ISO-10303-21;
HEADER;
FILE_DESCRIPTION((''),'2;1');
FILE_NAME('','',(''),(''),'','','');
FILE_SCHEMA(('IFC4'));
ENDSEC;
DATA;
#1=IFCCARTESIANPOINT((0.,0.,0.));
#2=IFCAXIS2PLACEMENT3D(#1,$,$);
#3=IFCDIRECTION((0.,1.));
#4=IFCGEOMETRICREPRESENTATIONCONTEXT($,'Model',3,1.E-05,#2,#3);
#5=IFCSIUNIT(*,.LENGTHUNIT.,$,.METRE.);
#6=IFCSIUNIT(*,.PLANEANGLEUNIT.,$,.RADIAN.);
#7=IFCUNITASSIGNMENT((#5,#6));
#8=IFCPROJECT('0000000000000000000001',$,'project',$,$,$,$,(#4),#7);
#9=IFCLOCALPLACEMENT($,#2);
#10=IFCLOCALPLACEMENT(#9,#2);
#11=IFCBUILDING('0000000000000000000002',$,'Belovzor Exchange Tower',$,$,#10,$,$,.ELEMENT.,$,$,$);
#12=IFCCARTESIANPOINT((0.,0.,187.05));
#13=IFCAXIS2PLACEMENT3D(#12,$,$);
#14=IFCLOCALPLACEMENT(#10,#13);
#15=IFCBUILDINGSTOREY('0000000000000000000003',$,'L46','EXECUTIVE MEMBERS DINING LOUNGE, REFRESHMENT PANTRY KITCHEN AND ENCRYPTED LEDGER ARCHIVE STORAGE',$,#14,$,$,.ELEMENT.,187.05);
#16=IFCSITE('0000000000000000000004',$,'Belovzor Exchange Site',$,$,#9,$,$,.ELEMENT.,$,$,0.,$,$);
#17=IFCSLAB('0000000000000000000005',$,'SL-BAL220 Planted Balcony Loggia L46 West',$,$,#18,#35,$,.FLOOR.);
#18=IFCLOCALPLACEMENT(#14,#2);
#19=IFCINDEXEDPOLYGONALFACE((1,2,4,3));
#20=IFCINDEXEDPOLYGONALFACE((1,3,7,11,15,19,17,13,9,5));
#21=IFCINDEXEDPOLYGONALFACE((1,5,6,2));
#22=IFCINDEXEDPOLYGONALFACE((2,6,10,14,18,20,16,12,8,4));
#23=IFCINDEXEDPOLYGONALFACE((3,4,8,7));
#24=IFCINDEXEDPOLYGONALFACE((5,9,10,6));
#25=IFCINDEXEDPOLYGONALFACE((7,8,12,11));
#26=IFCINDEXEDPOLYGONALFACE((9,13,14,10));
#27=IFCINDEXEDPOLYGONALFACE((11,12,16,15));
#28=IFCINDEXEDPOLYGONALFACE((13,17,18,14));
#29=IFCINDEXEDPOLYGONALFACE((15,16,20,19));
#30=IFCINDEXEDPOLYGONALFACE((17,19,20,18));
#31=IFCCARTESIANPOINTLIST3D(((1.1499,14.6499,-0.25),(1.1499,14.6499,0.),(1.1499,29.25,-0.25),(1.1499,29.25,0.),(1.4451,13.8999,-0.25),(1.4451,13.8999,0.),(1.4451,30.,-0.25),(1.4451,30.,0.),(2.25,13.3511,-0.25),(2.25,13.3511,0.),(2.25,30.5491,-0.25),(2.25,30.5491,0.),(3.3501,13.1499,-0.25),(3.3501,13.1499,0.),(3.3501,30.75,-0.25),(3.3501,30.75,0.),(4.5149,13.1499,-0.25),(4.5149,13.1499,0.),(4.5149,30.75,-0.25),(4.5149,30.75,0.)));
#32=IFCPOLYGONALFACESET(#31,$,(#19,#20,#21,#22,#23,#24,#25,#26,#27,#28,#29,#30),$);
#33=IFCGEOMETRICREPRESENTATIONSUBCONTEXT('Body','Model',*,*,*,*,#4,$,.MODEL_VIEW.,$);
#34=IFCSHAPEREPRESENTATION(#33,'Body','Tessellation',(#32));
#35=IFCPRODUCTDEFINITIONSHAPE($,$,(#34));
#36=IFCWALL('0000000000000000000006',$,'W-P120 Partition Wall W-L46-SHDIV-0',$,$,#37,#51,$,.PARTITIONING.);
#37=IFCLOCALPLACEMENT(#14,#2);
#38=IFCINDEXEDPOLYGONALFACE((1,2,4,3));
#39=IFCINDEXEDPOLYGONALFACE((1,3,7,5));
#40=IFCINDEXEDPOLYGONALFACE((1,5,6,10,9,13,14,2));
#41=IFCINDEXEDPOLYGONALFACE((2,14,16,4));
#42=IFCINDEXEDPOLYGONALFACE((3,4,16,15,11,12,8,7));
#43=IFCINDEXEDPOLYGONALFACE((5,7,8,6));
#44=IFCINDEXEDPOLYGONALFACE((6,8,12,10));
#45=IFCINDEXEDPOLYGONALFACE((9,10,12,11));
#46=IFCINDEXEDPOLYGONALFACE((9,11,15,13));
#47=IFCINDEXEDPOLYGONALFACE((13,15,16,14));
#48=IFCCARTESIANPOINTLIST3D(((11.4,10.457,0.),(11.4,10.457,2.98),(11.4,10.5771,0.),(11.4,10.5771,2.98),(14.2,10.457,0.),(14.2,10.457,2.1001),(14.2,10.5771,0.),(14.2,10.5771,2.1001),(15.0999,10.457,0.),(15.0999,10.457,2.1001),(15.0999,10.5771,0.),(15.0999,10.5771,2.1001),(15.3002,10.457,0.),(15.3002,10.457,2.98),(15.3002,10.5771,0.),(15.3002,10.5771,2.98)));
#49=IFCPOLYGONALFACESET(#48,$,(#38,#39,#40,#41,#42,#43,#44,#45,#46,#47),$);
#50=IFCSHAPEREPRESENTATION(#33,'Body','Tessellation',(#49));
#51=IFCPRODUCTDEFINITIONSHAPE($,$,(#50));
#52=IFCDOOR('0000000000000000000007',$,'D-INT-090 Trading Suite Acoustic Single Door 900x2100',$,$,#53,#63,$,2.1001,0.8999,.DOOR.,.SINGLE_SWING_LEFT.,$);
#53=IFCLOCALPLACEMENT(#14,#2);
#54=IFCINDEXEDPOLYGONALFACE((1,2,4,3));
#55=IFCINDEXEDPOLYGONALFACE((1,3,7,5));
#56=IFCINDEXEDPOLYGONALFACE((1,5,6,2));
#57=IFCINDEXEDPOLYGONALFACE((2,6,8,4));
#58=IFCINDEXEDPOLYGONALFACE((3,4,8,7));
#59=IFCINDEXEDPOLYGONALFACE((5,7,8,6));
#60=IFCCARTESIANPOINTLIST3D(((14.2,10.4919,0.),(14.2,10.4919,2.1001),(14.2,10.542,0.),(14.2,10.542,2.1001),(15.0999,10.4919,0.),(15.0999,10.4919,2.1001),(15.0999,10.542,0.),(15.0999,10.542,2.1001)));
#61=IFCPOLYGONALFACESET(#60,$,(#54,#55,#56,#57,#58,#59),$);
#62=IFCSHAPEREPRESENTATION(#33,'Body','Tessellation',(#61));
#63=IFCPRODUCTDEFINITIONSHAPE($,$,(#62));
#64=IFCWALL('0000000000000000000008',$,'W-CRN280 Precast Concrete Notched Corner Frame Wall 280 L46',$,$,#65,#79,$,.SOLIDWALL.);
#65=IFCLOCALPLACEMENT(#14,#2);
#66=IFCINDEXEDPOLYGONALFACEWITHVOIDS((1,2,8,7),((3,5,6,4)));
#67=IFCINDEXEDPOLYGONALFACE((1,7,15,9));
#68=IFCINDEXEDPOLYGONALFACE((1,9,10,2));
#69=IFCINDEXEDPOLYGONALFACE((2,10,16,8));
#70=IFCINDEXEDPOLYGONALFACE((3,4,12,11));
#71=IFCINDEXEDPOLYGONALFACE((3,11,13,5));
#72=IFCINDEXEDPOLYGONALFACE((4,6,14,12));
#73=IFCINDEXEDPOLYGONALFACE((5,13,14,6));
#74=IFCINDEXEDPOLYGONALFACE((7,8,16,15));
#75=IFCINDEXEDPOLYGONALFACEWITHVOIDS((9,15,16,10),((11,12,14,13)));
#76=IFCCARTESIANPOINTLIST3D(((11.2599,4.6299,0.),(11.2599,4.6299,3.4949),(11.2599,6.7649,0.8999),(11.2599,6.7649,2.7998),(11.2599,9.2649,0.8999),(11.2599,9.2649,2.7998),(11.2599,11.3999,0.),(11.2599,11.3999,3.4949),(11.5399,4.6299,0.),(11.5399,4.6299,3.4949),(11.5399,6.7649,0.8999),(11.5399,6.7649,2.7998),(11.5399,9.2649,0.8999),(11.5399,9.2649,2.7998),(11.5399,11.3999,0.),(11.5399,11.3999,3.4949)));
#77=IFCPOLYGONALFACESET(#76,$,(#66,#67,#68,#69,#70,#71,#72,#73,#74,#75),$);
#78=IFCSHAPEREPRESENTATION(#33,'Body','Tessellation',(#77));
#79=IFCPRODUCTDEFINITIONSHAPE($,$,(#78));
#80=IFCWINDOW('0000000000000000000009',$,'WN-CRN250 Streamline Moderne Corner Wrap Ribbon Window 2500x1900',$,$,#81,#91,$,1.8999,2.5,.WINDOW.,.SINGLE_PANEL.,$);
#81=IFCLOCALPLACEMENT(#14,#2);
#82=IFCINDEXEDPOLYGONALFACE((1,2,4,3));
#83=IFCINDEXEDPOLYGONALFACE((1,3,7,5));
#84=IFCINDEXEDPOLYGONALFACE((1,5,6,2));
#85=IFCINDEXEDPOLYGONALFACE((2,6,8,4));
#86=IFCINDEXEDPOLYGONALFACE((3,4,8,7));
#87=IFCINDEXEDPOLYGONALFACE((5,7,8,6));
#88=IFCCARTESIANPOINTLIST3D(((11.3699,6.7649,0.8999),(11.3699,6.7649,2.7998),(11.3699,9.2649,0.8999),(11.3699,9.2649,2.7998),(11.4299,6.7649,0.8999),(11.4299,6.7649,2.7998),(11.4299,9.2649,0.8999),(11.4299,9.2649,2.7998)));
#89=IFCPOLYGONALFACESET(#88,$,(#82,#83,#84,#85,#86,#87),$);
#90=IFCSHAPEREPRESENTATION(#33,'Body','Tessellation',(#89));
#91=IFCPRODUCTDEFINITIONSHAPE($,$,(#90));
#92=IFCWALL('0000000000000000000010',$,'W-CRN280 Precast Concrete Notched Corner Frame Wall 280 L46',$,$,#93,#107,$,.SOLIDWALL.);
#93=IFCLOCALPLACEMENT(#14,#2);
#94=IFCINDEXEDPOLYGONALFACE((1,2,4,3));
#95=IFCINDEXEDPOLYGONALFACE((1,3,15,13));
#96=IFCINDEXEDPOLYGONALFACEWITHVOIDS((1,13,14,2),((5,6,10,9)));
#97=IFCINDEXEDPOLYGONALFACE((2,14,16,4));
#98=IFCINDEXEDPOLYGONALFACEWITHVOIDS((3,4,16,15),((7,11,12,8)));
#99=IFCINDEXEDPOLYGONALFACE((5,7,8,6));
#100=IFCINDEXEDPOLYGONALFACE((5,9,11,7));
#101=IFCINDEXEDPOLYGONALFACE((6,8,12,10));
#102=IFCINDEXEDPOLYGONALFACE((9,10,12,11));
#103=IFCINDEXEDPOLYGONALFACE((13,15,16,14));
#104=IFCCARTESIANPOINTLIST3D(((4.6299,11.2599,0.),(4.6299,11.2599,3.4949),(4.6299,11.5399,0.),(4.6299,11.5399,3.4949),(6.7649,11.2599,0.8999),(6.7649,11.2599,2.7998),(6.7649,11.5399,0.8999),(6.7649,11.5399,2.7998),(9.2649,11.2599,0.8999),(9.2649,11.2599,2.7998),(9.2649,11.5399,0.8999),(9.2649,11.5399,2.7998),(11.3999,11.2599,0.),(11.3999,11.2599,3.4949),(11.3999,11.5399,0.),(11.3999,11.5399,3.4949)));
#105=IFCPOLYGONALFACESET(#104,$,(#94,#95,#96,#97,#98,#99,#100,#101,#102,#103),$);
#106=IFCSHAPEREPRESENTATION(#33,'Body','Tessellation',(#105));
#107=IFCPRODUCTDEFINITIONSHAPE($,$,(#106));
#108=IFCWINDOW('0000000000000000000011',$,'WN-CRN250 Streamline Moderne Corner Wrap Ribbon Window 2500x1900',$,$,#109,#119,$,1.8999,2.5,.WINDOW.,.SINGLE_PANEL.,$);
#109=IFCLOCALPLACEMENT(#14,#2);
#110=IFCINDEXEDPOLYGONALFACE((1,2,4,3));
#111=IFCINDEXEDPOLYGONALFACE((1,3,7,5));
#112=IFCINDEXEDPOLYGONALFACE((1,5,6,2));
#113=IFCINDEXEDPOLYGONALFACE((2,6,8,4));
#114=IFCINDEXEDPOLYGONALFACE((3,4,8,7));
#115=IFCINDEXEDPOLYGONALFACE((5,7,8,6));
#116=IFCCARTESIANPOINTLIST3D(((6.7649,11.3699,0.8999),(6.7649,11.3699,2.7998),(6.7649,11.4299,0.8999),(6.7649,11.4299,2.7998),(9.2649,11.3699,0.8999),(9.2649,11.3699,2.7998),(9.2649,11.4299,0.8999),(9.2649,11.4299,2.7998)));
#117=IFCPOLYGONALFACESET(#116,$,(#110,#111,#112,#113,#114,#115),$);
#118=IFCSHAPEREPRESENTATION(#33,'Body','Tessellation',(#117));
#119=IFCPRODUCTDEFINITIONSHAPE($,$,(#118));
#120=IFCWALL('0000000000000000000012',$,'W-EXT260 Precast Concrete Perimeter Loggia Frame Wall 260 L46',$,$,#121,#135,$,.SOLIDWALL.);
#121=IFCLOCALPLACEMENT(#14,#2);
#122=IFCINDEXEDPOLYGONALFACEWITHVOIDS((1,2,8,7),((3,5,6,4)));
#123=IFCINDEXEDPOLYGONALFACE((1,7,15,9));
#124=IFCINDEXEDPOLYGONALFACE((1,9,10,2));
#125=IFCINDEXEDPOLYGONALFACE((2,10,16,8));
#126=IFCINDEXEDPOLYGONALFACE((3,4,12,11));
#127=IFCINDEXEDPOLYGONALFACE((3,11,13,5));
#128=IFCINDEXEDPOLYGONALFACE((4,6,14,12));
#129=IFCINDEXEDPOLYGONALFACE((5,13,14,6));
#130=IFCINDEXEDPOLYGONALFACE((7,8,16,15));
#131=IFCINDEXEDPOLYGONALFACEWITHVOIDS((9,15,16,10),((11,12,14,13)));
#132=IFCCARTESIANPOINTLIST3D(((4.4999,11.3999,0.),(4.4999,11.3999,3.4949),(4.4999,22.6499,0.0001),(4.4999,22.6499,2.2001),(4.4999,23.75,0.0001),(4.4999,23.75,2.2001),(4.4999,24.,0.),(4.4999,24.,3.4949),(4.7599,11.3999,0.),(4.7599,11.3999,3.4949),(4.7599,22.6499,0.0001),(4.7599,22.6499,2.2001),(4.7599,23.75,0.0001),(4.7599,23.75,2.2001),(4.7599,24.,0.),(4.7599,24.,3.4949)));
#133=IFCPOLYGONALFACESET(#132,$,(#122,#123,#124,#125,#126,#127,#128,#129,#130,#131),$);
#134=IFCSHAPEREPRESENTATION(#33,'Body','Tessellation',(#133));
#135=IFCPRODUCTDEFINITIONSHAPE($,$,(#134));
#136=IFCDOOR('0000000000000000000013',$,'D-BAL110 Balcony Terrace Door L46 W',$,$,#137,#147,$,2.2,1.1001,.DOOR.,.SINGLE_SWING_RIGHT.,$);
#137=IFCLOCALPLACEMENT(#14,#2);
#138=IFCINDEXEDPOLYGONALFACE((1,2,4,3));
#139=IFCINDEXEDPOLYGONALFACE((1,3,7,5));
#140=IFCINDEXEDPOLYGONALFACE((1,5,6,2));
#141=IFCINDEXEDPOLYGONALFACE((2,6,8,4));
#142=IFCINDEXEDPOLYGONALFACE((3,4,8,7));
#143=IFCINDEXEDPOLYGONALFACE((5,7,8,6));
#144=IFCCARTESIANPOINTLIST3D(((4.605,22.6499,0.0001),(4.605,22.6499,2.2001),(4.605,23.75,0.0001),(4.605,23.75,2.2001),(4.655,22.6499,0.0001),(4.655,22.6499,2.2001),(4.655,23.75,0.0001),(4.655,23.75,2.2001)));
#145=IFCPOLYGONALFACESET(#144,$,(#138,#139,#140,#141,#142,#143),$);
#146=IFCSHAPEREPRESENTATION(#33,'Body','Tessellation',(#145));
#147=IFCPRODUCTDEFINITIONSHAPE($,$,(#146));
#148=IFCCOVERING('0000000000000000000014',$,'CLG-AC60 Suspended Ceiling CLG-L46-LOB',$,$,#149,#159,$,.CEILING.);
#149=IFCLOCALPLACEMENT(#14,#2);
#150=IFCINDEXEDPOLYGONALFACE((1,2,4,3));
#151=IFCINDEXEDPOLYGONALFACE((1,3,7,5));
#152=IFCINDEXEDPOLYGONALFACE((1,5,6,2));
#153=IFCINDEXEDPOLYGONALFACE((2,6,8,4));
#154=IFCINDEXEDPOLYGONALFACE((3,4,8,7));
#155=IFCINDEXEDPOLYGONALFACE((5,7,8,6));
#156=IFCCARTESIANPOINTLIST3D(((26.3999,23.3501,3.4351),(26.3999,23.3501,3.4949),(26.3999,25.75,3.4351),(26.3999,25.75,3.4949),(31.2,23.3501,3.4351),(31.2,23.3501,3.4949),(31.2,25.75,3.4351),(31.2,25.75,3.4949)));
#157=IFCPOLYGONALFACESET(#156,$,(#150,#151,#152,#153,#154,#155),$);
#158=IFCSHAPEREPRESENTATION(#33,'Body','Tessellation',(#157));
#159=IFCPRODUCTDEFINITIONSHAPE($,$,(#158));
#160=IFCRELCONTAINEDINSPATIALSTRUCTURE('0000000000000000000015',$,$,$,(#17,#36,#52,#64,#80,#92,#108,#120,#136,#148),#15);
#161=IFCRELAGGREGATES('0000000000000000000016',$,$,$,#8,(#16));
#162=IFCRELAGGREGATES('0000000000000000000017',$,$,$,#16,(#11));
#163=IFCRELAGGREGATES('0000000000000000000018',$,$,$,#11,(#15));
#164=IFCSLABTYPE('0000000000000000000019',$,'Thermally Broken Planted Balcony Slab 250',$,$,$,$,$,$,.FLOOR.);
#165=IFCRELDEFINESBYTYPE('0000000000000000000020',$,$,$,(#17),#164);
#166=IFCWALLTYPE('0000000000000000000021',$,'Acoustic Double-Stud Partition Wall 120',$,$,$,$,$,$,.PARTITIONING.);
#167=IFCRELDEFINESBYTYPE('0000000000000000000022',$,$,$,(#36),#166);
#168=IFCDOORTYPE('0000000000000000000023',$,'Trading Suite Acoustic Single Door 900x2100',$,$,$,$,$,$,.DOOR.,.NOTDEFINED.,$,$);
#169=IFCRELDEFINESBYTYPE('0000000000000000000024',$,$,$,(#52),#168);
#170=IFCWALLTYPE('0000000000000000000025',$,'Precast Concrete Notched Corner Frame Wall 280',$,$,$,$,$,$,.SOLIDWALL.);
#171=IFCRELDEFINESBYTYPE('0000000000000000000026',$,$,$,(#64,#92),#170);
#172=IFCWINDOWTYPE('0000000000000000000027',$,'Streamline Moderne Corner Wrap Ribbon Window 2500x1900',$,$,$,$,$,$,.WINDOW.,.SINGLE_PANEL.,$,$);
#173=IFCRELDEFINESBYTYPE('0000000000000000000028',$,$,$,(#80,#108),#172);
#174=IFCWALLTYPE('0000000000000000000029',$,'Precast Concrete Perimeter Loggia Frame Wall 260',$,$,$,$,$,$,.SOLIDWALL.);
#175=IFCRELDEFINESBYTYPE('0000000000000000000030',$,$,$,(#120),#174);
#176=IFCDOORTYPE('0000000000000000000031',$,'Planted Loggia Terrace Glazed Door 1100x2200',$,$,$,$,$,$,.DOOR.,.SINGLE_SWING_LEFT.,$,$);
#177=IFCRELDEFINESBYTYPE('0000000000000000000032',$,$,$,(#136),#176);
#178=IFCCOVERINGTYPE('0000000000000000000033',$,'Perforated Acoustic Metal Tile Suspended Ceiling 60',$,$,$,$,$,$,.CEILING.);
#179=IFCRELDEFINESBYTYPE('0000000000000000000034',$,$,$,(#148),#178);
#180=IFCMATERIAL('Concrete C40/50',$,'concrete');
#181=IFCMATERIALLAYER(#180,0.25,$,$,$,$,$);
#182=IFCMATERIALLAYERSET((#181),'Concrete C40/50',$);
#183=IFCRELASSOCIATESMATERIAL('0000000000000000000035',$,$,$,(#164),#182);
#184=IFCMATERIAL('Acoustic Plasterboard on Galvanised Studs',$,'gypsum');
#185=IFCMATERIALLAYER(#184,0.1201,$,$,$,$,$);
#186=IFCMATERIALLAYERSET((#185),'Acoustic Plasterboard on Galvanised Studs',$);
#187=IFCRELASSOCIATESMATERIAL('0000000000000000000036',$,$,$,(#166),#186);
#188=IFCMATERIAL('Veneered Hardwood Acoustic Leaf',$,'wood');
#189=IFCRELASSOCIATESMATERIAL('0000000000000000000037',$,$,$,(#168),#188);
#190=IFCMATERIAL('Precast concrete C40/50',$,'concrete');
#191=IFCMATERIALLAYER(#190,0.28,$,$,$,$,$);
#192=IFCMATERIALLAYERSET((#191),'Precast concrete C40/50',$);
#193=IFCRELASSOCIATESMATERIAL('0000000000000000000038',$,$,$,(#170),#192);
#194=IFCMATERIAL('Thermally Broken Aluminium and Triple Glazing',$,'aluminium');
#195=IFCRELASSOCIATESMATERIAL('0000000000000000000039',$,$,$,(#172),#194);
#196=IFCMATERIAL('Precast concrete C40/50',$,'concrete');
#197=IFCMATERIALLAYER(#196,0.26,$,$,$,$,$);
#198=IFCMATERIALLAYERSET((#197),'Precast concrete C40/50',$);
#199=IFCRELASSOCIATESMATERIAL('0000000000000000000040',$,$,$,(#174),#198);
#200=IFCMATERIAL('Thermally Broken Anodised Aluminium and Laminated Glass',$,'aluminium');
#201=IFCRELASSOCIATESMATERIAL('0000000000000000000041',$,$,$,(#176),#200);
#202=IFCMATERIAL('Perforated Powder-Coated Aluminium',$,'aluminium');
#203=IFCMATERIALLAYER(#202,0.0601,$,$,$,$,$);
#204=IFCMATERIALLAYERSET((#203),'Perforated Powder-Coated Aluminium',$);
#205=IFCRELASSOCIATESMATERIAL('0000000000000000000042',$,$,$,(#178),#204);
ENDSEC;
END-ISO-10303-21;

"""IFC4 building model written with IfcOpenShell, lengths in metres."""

from ifc_helpers import new_model, si_unit, direction, frame, frame_2d, origin, place, context, subcontext, project, spatial, polyline, rectangle, outline, extrude, material, layer, layer_set, type_object, element, fill, save


model = new_model("IFC4")

# Units and contexts
model_context = context("Model", 3, precision=1e-05, world=origin(), true_north=direction((0.0, 1.0)))
body_context = subcontext(model_context, "Body", "Model", "MODEL_VIEW")
ifc_project = project(units=[si_unit("LENGTHUNIT", "METRE"), si_unit("PLANEANGLEUNIT", "RADIAN")], contexts=[model_context])

# Site, building, storey
site_placement = place(None, origin())
site = spatial("IfcSite", under=ifc_project, at=site_placement, Name="Belovzor Exchange Site", CompositionType="ELEMENT", RefElevation=0.0)
building_placement = place(site_placement, origin())
building = spatial("IfcBuilding", under=site, at=building_placement, Name="Belovzor Exchange Tower", CompositionType="ELEMENT")
storey_placement = place(building_placement, frame((0.0, 0.0, 187.05)))
storey = spatial("IfcBuildingStorey", under=building, at=storey_placement, Name="L46", Description="EXECUTIVE MEMBERS DINING LOUNGE, REFRESHMENT PANTRY KITCHEN AND ENCRYPTED LEDGER ARCHIVE STORAGE", CompositionType="ELEMENT", Elevation=187.05)

# Slab
ifc_material_1 = material(Name="Concrete C40/50", Category="concrete")
ifc_layer_1 = layer(ifc_material_1, 0.25)
ifc_layer_set_1 = layer_set([ifc_layer_1], Name="Concrete C40/50")
slab_type_1 = type_object("IfcSlabType", Name="Thermally Broken Planted Balcony Slab 250", PredefinedType="FLOOR", material=ifc_layer_set_1)
slab_1_placement = place(storey_placement, frame((0.0, 0.0, -0.25)))
element("IfcSlab", 1, at=slab_1_placement, inside=storey, type_object=slab_type_1, Name="SL-BAL220 Planted Balcony Loggia L46 West", PredefinedType="FLOOR", context=body_context, shape_type="SweptSolid", body=[
    extrude(outline(polyline([(4.5149, 30.75), (3.3501, 30.75), (2.25, 30.5491), (1.4451, 30.0), (1.1499, 29.25), (1.1499, 14.6499), (1.4451, 13.8999), (2.25, 13.3511), (3.3501, 13.1499), (4.5149, 13.1499), (4.5149, 30.75)])), origin(), (0.0, 0.0, 1.0), 0.25),
])

# Wall, opening, door
ifc_material_2 = material(Name="Acoustic Plasterboard on Galvanised Studs", Category="gypsum")
ifc_layer_2 = layer(ifc_material_2, 0.1201)
ifc_layer_set_2 = layer_set([ifc_layer_2], Name="Acoustic Plasterboard on Galvanised Studs")
wall_type_1 = type_object("IfcWallType", Name="Acoustic Double-Stud Partition Wall 120", PredefinedType="PARTITIONING", material=ifc_layer_set_2)
wall_1_placement = place(storey_placement, frame((11.3999, 10.5171, 0.0), z_axis=(0.0, 0.0, 1.0), x_axis=(1.0, 0.0, 0.0)))
wall_1 = element("IfcWall", 2, at=wall_1_placement, inside=storey, type_object=wall_type_1, Name="W-P120 Partition Wall W-L46-SHDIV-0", PredefinedType="PARTITIONING", context=body_context, shape_type="SweptSolid", body=[
    extrude(rectangle(XDim=3.9001, YDim=0.1201, at=frame_2d((1.9502, 0.0))), origin(), (0.0, 0.0, 1.0), 2.98),
])
opening_1_placement = place(wall_1_placement, frame((2.8, 0.0, 0.0)))
opening_1 = element("IfcOpeningElement", 3, at=opening_1_placement, cuts=wall_1, PredefinedType="OPENING", context=body_context, shape_type="SweptSolid", body=[
    extrude(rectangle(XDim=0.8999, YDim=2.1001, at=frame_2d((0.45, 1.05))), frame((0.0, 0.0701, 0.0), z_axis=(0.0, -1.0, 0.0), x_axis=(1.0, 0.0, 0.0)), (0.0, 0.0, 1.0), 0.1401),
])
ifc_material_3 = material(Name="Veneered Hardwood Acoustic Leaf", Category="wood")
door_type_1 = type_object("IfcDoorType", Name="Trading Suite Acoustic Single Door 900x2100", OperationType="NOTDEFINED", PredefinedType="DOOR", material=ifc_material_3)
door_1_placement = place(opening_1_placement, origin())
door_1 = element("IfcDoor", 4, at=door_1_placement, inside=storey, type_object=door_type_1, Name="D-INT-090 Trading Suite Acoustic Single Door 900x2100", OperationType="SINGLE_SWING_LEFT", OverallHeight=2.1001, OverallWidth=0.8999, PredefinedType="DOOR", context=body_context, shape_type="SweptSolid", body=[
    extrude(rectangle(XDim=0.8999, YDim=2.1001, at=frame_2d((0.45, 1.05))), frame((0.0, 0.0249, 0.0), z_axis=(0.0, -1.0, 0.0), x_axis=(1.0, 0.0, 0.0)), (0.0, 0.0, 1.0), 0.05),
])
fill(opening_1, door_1)

# Walls, openings, windows
ifc_material_4 = material(Name="Precast concrete C40/50", Category="concrete")
ifc_layer_3 = layer(ifc_material_4, 0.28)
ifc_layer_set_3 = layer_set([ifc_layer_3], Name="Precast concrete C40/50")
wall_type_2 = type_object("IfcWallType", Name="Precast Concrete Notched Corner Frame Wall 280", PredefinedType="SOLIDWALL", material=ifc_layer_set_3)
wall_2_placement = place(storey_placement, frame((11.3999, 4.6299, 0.0), z_axis=(0.0, 0.0, 1.0), x_axis=(0.0, 1.0, 0.0)))
wall_2 = element("IfcWall", 5, at=wall_2_placement, inside=storey, type_object=wall_type_2, Name="W-CRN280 Precast Concrete Notched Corner Frame Wall 280 L46", PredefinedType="SOLIDWALL", context=body_context, shape_type="SweptSolid", body=[
    extrude(rectangle(XDim=6.77, YDim=0.28, at=frame_2d((3.385, 0.0))), origin(), (0.0, 0.0, 1.0), 3.4949),
])
opening_2_placement = place(wall_2_placement, frame((2.135, 0.0, 0.8999)))
opening_2 = element("IfcOpeningElement", 6, at=opening_2_placement, cuts=wall_2, PredefinedType="OPENING", context=body_context, shape_type="SweptSolid", body=[
    extrude(rectangle(XDim=2.5, YDim=1.8999, at=frame_2d((1.25, 0.95))), frame((0.0, 0.1499, 0.0), z_axis=(0.0, -1.0, 0.0), x_axis=(1.0, 0.0, 0.0)), (0.0, 0.0, 1.0), 0.3),
])
ifc_material_5 = material(Name="Thermally Broken Aluminium and Triple Glazing", Category="aluminium")
window_type = type_object("IfcWindowType", Name="Streamline Moderne Corner Wrap Ribbon Window 2500x1900", PartitioningType="SINGLE_PANEL", PredefinedType="WINDOW", material=ifc_material_5)
window_1_placement = place(opening_2_placement, origin())
window_1 = element("IfcWindow", 7, at=window_1_placement, inside=storey, type_object=window_type, Name="WN-CRN250 Streamline Moderne Corner Wrap Ribbon Window 2500x1900", OverallHeight=1.8999, OverallWidth=2.5, PartitioningType="SINGLE_PANEL", PredefinedType="WINDOW", context=body_context, shape_type="SweptSolid", body=[
    extrude(rectangle(XDim=2.5, YDim=1.8999, at=frame_2d((1.25, 0.95))), frame((0.0, 0.03, 0.0), z_axis=(0.0, -1.0, 0.0), x_axis=(1.0, 0.0, 0.0)), (0.0, 0.0, 1.0), 0.0601),
])
fill(opening_2, window_1)
wall_3_placement = place(storey_placement, frame((11.3999, 11.3999, 0.0), z_axis=(0.0, 0.0, 1.0), x_axis=(-1.0, 0.0, 0.0)))
wall_3 = element("IfcWall", 8, at=wall_3_placement, inside=storey, type_object=wall_type_2, Name="W-CRN280 Precast Concrete Notched Corner Frame Wall 280 L46", PredefinedType="SOLIDWALL", context=body_context, shape_type="SweptSolid", body=[
    extrude(rectangle(XDim=6.77, YDim=0.28, at=frame_2d((3.385, 0.0))), origin(), (0.0, 0.0, 1.0), 3.4949),
])
opening_3_placement = place(wall_3_placement, frame((2.135, 0.0, 0.8999)))
opening_3 = element("IfcOpeningElement", 9, at=opening_3_placement, cuts=wall_3, PredefinedType="OPENING", context=body_context, shape_type="SweptSolid", body=[
    extrude(rectangle(XDim=2.5, YDim=1.8999, at=frame_2d((1.25, 0.95))), frame((0.0, 0.1499, 0.0), z_axis=(0.0, -1.0, 0.0), x_axis=(1.0, 0.0, 0.0)), (0.0, 0.0, 1.0), 0.3),
])
window_2_placement = place(opening_3_placement, origin())
window_2 = element("IfcWindow", 10, at=window_2_placement, inside=storey, type_object=window_type, Name="WN-CRN250 Streamline Moderne Corner Wrap Ribbon Window 2500x1900", OverallHeight=1.8999, OverallWidth=2.5, PartitioningType="SINGLE_PANEL", PredefinedType="WINDOW", context=body_context, shape_type="SweptSolid", body=[
    extrude(rectangle(XDim=2.5, YDim=1.8999, at=frame_2d((1.25, 0.95))), frame((0.0, 0.03, 0.0), z_axis=(0.0, -1.0, 0.0), x_axis=(1.0, 0.0, 0.0)), (0.0, 0.0, 1.0), 0.0601),
])
fill(opening_3, window_2)

# Wall, opening, door
ifc_material_6 = material(Name="Precast concrete C40/50", Category="concrete")
ifc_layer_4 = layer(ifc_material_6, 0.26)
ifc_layer_set_4 = layer_set([ifc_layer_4], Name="Precast concrete C40/50")
wall_type_3 = type_object("IfcWallType", Name="Precast Concrete Perimeter Loggia Frame Wall 260", PredefinedType="SOLIDWALL", material=ifc_layer_set_4)
wall_4_placement = place(storey_placement, frame((4.6299, 11.3999, 0.0), z_axis=(0.0, 0.0, 1.0), x_axis=(0.0, 1.0, 0.0)))
wall_4 = element("IfcWall", 11, at=wall_4_placement, inside=storey, type_object=wall_type_3, Name="W-EXT260 Precast Concrete Perimeter Loggia Frame Wall 260 L46", PredefinedType="SOLIDWALL", context=body_context, shape_type="SweptSolid", body=[
    extrude(rectangle(XDim=12.6001, YDim=0.26, at=frame_2d((6.3, 0.0))), origin(), (0.0, 0.0, 1.0), 3.4949),
])
opening_4_placement = place(wall_4_placement, frame((11.25, 0.0, 0.0)))
opening_4 = element("IfcOpeningElement", 12, at=opening_4_placement, cuts=wall_4, PredefinedType="OPENING", context=body_context, shape_type="SweptSolid", body=[
    extrude(rectangle(XDim=1.1001, YDim=2.2, at=frame_2d((0.55, 1.1001))), frame((0.0, 0.1399, 0.0), z_axis=(0.0, -1.0, 0.0), x_axis=(1.0, 0.0, 0.0)), (0.0, 0.0, 1.0), 0.28),
])
ifc_material_7 = material(Name="Thermally Broken Anodised Aluminium and Laminated Glass", Category="aluminium")
door_type_2 = type_object("IfcDoorType", Name="Planted Loggia Terrace Glazed Door 1100x2200", OperationType="SINGLE_SWING_LEFT", PredefinedType="DOOR", material=ifc_material_7)
door_2_placement = place(opening_4_placement, origin())
door_2 = element("IfcDoor", 13, at=door_2_placement, inside=storey, type_object=door_type_2, Name="D-BAL110 Balcony Terrace Door L46 W", OperationType="SINGLE_SWING_RIGHT", OverallHeight=2.2, OverallWidth=1.1001, PredefinedType="DOOR", context=body_context, shape_type="SweptSolid", body=[
    extrude(rectangle(XDim=1.1001, YDim=2.2, at=frame_2d((0.55, 1.1001))), frame((0.0, 0.0249, 0.0), z_axis=(0.0, -1.0, 0.0), x_axis=(1.0, 0.0, 0.0)), (0.0, 0.0, 1.0), 0.05),
])
fill(opening_4, door_2)

# Covering
ifc_material_8 = material(Name="Perforated Powder-Coated Aluminium", Category="aluminium")
ifc_layer_5 = layer(ifc_material_8, 0.0601)
ifc_layer_set_5 = layer_set([ifc_layer_5], Name="Perforated Powder-Coated Aluminium")
covering_type_1 = type_object("IfcCoveringType", Name="Perforated Acoustic Metal Tile Suspended Ceiling 60", PredefinedType="CEILING", material=ifc_layer_set_5)
covering_1_placement = place(storey_placement, frame((0.0, 0.0, 3.4351)))
element("IfcCovering", 14, at=covering_1_placement, inside=storey, type_object=covering_type_1, Name="CLG-AC60 Suspended Ceiling CLG-L46-LOB", PredefinedType="CEILING", context=body_context, shape_type="SweptSolid", body=[
    extrude(outline(polyline([(26.3999, 23.3501), (31.2, 23.3501), (31.2, 25.75), (26.3999, 25.75), (26.3999, 23.3501)])), origin(), (0.0, 0.0, 1.0), 0.0598),
])

save(model, "model.ifc")
